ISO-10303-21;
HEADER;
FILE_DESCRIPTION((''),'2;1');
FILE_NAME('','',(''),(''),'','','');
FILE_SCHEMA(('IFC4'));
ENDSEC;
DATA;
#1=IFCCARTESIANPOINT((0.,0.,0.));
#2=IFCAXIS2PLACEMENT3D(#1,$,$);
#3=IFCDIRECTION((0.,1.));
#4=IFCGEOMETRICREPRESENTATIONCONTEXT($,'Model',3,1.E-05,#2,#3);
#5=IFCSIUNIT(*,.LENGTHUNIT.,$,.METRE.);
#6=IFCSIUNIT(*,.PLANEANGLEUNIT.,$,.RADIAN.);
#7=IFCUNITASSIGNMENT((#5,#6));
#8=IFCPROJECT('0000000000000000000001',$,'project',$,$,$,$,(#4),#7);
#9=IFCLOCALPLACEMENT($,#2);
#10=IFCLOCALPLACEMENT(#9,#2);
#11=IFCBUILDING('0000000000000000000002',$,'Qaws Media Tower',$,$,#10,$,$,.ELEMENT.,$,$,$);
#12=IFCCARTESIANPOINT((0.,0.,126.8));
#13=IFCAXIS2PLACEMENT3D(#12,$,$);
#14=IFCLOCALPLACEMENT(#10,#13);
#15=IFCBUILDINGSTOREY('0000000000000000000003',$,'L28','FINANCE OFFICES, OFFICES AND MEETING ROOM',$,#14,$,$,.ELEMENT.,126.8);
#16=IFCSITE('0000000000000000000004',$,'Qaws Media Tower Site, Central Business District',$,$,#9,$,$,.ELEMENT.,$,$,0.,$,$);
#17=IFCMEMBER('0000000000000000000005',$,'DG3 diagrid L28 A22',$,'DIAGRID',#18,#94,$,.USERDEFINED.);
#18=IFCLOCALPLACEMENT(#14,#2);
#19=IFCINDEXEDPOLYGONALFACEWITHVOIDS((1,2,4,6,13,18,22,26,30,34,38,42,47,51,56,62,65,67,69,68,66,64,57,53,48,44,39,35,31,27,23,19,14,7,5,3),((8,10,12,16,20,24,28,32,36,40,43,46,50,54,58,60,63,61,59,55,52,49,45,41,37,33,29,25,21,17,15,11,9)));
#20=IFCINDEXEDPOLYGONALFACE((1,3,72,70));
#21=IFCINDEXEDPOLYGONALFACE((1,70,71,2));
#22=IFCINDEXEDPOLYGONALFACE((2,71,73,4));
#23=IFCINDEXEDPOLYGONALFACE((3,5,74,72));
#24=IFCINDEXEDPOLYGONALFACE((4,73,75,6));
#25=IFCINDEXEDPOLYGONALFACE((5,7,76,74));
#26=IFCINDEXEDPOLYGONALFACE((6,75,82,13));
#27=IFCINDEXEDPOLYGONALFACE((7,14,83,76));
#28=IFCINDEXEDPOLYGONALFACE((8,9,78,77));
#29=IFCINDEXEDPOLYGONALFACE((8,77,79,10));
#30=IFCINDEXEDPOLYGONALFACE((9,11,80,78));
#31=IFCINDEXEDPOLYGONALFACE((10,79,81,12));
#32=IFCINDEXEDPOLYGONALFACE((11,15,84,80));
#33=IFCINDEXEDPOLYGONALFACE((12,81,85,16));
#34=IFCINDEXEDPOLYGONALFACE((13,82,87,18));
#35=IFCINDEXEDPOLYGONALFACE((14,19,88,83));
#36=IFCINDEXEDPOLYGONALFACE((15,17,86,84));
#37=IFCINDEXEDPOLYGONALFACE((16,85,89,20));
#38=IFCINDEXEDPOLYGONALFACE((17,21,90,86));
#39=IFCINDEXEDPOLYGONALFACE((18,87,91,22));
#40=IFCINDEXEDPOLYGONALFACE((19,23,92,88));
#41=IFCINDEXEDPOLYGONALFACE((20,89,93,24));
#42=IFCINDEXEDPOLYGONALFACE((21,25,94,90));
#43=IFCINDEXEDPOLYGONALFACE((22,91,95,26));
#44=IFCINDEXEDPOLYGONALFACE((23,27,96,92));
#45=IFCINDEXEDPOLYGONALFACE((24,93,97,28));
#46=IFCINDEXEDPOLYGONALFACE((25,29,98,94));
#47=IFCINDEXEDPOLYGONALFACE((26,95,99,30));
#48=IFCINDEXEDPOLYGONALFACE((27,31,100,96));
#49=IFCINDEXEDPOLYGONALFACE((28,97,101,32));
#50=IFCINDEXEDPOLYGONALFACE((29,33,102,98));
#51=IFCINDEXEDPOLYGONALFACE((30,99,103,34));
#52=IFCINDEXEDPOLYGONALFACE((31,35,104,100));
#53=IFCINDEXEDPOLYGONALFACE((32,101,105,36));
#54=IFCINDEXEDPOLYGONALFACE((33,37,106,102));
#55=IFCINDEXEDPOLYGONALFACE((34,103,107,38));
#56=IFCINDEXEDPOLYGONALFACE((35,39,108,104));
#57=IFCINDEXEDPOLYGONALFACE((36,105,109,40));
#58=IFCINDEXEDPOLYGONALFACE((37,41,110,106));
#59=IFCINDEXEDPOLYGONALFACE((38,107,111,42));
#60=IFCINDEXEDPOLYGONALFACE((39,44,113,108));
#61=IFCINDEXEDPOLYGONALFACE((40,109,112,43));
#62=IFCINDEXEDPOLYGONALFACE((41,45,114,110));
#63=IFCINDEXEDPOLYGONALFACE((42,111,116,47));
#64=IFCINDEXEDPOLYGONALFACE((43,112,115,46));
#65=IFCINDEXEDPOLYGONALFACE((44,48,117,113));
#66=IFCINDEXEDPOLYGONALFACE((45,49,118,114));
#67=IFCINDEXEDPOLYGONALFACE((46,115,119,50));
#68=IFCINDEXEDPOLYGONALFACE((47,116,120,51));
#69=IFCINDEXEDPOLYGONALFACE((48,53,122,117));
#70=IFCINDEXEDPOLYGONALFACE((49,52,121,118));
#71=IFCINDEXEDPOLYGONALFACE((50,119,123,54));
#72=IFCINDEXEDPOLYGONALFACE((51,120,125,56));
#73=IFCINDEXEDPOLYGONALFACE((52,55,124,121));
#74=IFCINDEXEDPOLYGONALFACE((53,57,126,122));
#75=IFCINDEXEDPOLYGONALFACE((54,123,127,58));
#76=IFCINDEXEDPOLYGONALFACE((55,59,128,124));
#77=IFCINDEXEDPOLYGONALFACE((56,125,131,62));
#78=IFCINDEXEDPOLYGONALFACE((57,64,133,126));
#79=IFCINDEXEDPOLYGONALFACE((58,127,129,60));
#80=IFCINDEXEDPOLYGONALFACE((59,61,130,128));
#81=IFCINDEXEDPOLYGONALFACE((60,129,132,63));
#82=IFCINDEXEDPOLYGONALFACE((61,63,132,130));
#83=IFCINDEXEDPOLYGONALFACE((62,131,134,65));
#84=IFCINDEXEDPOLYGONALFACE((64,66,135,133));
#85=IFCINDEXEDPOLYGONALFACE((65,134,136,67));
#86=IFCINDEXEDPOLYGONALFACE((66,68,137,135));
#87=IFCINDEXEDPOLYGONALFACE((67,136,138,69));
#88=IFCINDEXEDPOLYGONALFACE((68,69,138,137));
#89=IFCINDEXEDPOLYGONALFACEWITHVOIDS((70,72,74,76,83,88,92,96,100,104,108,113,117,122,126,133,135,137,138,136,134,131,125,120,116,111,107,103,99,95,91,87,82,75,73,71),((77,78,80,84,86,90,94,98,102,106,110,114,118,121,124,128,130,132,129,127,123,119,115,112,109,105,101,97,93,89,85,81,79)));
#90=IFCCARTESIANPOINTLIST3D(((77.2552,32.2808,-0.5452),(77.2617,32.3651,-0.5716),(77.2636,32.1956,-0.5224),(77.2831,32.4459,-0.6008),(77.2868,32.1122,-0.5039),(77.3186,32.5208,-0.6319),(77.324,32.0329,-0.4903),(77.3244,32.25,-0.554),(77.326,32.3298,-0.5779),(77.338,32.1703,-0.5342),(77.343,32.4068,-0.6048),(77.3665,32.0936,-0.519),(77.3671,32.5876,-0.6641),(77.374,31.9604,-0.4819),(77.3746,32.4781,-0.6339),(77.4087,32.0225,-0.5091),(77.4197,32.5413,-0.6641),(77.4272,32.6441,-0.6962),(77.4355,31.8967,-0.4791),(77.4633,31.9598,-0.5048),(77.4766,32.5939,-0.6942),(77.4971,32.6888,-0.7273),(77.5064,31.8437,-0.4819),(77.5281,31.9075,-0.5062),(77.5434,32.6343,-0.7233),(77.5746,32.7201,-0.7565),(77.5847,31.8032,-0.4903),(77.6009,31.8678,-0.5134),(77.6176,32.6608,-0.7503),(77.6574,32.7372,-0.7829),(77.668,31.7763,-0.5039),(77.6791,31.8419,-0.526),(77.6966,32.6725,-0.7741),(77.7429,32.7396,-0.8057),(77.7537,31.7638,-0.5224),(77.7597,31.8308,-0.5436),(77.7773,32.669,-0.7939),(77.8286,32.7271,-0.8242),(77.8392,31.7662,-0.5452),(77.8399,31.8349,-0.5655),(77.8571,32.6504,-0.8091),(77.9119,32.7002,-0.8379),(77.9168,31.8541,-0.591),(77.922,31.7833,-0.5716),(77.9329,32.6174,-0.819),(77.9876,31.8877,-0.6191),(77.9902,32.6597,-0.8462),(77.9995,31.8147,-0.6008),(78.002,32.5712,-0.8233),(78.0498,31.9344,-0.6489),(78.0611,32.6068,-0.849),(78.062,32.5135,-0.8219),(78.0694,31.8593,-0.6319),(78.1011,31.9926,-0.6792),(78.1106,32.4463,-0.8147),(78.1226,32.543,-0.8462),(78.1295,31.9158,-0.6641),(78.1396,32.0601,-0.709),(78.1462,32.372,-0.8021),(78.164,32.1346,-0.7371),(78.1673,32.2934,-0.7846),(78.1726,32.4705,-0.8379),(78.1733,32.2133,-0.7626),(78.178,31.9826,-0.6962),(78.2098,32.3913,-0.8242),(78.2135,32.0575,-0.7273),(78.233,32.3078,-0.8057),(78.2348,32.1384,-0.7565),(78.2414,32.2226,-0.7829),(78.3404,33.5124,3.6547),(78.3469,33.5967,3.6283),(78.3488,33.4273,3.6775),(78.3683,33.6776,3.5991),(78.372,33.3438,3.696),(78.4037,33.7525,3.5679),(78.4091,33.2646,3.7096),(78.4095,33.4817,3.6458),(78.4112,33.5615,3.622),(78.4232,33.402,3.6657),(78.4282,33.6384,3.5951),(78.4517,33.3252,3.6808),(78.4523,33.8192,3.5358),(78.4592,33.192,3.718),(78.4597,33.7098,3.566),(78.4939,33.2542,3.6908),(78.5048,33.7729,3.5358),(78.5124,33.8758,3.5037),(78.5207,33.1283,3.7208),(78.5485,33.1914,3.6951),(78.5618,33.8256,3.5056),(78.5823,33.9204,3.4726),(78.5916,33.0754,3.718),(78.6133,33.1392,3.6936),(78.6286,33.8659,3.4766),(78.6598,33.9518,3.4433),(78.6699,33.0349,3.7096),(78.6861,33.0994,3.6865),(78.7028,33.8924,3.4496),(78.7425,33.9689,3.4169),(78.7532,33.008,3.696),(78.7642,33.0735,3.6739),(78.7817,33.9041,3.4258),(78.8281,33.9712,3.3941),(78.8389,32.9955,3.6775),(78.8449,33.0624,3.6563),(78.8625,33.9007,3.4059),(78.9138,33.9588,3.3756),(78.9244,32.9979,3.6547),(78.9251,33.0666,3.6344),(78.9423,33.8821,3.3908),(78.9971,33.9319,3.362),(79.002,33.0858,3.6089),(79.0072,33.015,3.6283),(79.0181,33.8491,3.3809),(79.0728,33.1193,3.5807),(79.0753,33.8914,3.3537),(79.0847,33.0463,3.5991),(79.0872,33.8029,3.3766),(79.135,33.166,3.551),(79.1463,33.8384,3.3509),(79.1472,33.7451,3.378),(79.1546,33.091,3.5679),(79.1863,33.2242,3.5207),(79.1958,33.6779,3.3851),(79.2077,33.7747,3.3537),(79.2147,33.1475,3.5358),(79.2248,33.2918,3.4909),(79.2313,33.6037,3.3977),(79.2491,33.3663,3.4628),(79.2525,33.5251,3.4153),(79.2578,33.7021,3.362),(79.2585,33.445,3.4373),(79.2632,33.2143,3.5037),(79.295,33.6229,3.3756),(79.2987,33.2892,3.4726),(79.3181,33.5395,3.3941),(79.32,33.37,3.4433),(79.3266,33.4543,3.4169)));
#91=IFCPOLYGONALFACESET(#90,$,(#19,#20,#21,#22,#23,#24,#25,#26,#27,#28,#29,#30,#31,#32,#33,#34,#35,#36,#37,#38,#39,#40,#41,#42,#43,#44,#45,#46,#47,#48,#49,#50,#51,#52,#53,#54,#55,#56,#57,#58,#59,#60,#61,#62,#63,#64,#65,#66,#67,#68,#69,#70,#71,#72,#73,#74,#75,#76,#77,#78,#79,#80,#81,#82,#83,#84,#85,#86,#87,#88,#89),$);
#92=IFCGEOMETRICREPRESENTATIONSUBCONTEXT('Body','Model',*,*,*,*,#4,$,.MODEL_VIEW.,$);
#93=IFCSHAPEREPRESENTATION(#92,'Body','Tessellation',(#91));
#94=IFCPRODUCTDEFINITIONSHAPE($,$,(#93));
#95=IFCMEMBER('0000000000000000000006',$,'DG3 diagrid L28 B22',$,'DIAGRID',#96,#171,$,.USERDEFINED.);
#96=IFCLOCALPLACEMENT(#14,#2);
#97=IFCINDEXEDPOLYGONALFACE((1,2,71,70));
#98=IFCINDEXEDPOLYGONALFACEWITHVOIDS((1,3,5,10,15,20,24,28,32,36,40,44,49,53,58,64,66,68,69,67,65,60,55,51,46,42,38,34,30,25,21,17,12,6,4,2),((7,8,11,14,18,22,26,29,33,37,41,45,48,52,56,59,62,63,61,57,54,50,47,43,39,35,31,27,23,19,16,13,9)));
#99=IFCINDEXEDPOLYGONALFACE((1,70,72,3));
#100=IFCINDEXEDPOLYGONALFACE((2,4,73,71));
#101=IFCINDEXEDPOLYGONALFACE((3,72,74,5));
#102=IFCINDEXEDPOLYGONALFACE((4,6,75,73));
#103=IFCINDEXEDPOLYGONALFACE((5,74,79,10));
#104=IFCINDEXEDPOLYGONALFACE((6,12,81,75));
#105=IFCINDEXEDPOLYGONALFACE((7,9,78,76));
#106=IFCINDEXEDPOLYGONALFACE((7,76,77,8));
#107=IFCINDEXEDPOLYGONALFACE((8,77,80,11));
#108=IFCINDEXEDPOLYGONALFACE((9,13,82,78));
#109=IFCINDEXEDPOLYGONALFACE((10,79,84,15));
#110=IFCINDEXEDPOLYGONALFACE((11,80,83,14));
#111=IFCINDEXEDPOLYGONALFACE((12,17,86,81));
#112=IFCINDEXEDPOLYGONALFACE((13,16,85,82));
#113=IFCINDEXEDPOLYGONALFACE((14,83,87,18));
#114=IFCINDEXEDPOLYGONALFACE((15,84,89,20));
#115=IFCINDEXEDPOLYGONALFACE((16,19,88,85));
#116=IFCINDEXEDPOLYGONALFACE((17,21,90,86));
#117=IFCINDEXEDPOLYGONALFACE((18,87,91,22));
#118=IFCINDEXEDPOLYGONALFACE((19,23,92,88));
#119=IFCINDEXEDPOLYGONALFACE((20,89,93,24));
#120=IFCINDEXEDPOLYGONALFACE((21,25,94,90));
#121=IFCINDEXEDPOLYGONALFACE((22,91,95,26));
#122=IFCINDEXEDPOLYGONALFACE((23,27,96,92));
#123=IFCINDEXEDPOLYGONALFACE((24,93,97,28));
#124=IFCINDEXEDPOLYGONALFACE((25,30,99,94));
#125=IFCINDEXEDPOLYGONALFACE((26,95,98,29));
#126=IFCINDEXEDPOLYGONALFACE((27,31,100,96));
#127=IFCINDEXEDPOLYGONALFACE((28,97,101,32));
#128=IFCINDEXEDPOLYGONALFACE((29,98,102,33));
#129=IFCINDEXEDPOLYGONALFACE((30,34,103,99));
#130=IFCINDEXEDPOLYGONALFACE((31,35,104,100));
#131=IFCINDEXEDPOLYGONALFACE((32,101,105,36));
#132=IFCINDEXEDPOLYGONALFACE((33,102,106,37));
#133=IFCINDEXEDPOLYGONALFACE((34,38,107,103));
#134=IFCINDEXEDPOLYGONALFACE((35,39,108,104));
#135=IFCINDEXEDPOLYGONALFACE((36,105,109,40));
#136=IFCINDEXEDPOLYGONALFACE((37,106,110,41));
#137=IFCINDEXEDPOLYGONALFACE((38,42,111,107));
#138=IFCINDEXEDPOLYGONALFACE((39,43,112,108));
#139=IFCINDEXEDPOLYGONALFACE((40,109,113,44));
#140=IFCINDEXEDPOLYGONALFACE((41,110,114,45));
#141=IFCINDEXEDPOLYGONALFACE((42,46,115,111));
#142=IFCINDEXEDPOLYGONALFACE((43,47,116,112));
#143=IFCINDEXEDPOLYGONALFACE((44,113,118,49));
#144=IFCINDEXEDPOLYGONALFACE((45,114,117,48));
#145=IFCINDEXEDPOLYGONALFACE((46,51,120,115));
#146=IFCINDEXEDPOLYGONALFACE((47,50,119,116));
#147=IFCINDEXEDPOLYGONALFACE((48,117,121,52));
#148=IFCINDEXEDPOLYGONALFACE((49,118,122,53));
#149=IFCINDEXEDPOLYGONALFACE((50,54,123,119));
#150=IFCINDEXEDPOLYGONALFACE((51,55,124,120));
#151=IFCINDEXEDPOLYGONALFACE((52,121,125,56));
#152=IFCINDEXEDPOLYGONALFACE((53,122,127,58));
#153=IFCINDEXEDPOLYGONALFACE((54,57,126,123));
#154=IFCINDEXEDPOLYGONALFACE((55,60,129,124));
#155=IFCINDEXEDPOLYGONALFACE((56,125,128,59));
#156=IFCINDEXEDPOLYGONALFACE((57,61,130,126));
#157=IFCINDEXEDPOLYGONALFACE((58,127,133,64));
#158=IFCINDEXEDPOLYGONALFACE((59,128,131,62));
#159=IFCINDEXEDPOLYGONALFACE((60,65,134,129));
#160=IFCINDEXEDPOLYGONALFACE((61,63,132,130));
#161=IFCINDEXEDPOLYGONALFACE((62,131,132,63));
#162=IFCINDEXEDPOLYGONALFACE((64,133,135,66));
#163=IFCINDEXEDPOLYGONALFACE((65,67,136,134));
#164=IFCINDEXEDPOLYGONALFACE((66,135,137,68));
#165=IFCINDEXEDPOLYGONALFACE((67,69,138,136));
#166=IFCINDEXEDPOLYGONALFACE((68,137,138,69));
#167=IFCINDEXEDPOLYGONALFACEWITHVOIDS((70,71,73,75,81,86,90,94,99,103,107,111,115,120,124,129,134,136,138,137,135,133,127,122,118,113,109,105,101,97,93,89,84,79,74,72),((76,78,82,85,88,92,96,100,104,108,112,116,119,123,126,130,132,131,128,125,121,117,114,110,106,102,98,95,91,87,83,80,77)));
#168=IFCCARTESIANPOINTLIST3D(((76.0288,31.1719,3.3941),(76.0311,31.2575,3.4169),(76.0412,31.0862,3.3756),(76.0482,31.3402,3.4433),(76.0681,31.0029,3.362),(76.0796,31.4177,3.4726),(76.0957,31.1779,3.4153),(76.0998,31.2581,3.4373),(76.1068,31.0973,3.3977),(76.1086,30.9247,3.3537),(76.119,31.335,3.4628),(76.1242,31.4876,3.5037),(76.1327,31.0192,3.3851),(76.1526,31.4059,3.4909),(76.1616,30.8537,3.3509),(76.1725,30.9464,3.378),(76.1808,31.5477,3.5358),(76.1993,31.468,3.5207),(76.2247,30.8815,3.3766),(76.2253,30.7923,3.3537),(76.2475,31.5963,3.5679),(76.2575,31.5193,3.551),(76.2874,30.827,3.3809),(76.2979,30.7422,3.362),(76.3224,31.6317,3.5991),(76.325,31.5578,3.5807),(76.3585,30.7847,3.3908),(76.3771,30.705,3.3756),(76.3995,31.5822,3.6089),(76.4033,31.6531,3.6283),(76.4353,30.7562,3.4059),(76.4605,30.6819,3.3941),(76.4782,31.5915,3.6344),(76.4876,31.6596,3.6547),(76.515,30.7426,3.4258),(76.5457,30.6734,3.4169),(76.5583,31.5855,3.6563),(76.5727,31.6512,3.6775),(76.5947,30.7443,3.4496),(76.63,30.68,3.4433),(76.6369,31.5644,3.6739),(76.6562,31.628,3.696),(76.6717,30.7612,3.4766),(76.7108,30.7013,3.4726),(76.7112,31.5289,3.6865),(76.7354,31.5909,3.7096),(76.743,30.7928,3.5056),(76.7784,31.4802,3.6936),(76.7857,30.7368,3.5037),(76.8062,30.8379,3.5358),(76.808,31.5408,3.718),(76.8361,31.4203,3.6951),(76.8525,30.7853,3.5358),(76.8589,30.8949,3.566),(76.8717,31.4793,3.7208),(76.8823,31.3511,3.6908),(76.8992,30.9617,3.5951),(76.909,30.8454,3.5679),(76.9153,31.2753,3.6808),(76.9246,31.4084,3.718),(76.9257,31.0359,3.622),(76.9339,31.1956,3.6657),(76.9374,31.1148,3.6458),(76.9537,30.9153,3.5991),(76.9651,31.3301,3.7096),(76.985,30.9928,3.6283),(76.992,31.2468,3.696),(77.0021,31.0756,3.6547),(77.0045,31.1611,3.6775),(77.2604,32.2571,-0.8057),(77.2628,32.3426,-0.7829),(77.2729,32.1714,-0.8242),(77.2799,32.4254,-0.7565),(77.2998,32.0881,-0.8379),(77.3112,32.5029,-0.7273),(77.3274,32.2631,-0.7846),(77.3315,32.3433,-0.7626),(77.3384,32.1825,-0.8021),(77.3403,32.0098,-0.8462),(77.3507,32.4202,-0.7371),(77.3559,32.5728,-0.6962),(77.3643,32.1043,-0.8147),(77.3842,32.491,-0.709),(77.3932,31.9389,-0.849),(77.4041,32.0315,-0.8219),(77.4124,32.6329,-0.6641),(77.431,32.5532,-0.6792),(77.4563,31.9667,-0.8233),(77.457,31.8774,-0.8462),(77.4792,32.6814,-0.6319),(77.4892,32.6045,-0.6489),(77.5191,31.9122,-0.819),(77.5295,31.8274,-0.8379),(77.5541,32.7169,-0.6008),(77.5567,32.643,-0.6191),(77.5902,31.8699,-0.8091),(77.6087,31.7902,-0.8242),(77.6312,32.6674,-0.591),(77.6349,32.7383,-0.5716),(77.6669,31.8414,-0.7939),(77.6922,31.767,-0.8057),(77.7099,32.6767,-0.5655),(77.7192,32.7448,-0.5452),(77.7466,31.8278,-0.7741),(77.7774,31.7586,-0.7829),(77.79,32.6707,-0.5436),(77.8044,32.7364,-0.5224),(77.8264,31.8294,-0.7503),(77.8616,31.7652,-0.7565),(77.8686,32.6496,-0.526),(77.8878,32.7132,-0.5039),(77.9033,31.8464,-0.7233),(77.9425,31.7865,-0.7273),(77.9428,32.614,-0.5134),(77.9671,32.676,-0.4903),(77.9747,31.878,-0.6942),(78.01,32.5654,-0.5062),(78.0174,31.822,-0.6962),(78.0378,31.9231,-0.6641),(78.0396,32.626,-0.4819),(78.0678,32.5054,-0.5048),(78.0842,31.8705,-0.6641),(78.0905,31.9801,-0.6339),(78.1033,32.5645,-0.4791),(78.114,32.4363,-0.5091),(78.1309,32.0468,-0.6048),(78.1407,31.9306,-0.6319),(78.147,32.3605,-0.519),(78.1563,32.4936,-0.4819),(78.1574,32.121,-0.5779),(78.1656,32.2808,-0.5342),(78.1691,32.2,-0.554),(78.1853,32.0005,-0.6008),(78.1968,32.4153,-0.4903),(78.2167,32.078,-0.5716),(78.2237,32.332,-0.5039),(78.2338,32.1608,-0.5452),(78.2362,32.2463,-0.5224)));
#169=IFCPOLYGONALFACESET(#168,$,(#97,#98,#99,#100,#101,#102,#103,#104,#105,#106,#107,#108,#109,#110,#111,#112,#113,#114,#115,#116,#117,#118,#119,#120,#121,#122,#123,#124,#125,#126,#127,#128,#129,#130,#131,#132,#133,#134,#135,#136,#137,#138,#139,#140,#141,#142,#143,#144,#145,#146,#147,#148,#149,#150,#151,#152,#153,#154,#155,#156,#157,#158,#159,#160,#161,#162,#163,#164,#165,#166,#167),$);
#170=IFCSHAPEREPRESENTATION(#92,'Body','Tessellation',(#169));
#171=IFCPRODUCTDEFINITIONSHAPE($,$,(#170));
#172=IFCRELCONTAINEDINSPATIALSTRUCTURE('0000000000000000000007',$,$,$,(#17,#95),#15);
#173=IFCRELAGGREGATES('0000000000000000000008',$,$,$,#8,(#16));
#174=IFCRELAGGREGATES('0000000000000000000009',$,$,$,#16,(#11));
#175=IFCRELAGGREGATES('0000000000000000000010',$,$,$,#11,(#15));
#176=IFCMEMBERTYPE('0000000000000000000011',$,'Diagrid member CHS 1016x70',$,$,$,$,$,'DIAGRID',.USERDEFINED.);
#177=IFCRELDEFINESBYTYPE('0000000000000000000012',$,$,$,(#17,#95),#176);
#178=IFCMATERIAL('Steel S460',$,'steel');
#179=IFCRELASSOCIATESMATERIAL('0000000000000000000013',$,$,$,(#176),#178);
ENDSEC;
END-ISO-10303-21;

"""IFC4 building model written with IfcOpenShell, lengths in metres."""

from ifc_helpers import new_model, si_unit, direction, frame, origin, origin_2d, place, context, subcontext, project, spatial, hollow_circle, extrude, material, material_profile, profile_set, type_object, element, save


model = new_model("IFC4")

# Units and contexts
model_context = context("Model", 3, precision=1e-05, world=origin(), true_north=direction((0.0, 1.0)))
body_context = subcontext(model_context, "Body", "Model", "MODEL_VIEW")
ifc_project = project(units=[si_unit("LENGTHUNIT", "METRE"), si_unit("PLANEANGLEUNIT", "RADIAN")], contexts=[model_context])

# Site, building, storey
site_placement = place(None, origin())
site = spatial("IfcSite", under=ifc_project, at=site_placement, Name="Qaws Media Tower Site, Central Business District", CompositionType="ELEMENT", RefElevation=0.0)
building_placement = place(site_placement, origin())
building = spatial("IfcBuilding", under=site, at=building_placement, Name="Qaws Media Tower", CompositionType="ELEMENT")
storey_placement = place(building_placement, frame((0.0, 0.0, 126.8)))
storey = spatial("IfcBuildingStorey", under=building, at=storey_placement, Name="L28", Description="FINANCE OFFICES, OFFICES AND MEETING ROOM", CompositionType="ELEMENT", Elevation=126.8)

# Members
ifc_material_1 = material(Name="Steel S460", Category="steel")
ifc_material_profile_1 = material_profile(ifc_material_1, hollow_circle(Radius=0.5081, WallThickness=0.0701, at=origin_2d()), Name="CHS 1016x70")
ifc_profile_set_1 = profile_set([ifc_material_profile_1], Name="Steel S460")
member_type_1 = type_object("IfcMemberType", Name="Diagrid member CHS 1016x70", ElementType="DIAGRID", PredefinedType="USERDEFINED", material=ifc_profile_set_1)
for number, where, z_axis, x_axis, name in (
    (1, (77.7483, 32.2517, -0.6641), (0.240656, 0.273141, 0.931385), (-0.750315, 0.66108, 0.0), "DG3 diagrid L28 A22"),
    (2, (77.7483, 32.2517, -0.6641), (-0.273141, -0.240656, 0.931385), (0.66108, -0.750315, 0.0), "DG3 diagrid L28 B22"),
):
    element("IfcMember", number, at=place(storey_placement, frame(where, z_axis=z_axis, x_axis=x_axis)), inside=storey, type_object=member_type_1, Name=name, ObjectType="DIAGRID", PredefinedType="USERDEFINED", context=body_context, shape_type="SweptSolid", body=[
        extrude(hollow_circle(Radius=0.5081, WallThickness=0.0701, at=origin_2d()), origin(), (0.0, 0.0, 1.0), 4.5093),
    ])

save(model, "model.ifc")
